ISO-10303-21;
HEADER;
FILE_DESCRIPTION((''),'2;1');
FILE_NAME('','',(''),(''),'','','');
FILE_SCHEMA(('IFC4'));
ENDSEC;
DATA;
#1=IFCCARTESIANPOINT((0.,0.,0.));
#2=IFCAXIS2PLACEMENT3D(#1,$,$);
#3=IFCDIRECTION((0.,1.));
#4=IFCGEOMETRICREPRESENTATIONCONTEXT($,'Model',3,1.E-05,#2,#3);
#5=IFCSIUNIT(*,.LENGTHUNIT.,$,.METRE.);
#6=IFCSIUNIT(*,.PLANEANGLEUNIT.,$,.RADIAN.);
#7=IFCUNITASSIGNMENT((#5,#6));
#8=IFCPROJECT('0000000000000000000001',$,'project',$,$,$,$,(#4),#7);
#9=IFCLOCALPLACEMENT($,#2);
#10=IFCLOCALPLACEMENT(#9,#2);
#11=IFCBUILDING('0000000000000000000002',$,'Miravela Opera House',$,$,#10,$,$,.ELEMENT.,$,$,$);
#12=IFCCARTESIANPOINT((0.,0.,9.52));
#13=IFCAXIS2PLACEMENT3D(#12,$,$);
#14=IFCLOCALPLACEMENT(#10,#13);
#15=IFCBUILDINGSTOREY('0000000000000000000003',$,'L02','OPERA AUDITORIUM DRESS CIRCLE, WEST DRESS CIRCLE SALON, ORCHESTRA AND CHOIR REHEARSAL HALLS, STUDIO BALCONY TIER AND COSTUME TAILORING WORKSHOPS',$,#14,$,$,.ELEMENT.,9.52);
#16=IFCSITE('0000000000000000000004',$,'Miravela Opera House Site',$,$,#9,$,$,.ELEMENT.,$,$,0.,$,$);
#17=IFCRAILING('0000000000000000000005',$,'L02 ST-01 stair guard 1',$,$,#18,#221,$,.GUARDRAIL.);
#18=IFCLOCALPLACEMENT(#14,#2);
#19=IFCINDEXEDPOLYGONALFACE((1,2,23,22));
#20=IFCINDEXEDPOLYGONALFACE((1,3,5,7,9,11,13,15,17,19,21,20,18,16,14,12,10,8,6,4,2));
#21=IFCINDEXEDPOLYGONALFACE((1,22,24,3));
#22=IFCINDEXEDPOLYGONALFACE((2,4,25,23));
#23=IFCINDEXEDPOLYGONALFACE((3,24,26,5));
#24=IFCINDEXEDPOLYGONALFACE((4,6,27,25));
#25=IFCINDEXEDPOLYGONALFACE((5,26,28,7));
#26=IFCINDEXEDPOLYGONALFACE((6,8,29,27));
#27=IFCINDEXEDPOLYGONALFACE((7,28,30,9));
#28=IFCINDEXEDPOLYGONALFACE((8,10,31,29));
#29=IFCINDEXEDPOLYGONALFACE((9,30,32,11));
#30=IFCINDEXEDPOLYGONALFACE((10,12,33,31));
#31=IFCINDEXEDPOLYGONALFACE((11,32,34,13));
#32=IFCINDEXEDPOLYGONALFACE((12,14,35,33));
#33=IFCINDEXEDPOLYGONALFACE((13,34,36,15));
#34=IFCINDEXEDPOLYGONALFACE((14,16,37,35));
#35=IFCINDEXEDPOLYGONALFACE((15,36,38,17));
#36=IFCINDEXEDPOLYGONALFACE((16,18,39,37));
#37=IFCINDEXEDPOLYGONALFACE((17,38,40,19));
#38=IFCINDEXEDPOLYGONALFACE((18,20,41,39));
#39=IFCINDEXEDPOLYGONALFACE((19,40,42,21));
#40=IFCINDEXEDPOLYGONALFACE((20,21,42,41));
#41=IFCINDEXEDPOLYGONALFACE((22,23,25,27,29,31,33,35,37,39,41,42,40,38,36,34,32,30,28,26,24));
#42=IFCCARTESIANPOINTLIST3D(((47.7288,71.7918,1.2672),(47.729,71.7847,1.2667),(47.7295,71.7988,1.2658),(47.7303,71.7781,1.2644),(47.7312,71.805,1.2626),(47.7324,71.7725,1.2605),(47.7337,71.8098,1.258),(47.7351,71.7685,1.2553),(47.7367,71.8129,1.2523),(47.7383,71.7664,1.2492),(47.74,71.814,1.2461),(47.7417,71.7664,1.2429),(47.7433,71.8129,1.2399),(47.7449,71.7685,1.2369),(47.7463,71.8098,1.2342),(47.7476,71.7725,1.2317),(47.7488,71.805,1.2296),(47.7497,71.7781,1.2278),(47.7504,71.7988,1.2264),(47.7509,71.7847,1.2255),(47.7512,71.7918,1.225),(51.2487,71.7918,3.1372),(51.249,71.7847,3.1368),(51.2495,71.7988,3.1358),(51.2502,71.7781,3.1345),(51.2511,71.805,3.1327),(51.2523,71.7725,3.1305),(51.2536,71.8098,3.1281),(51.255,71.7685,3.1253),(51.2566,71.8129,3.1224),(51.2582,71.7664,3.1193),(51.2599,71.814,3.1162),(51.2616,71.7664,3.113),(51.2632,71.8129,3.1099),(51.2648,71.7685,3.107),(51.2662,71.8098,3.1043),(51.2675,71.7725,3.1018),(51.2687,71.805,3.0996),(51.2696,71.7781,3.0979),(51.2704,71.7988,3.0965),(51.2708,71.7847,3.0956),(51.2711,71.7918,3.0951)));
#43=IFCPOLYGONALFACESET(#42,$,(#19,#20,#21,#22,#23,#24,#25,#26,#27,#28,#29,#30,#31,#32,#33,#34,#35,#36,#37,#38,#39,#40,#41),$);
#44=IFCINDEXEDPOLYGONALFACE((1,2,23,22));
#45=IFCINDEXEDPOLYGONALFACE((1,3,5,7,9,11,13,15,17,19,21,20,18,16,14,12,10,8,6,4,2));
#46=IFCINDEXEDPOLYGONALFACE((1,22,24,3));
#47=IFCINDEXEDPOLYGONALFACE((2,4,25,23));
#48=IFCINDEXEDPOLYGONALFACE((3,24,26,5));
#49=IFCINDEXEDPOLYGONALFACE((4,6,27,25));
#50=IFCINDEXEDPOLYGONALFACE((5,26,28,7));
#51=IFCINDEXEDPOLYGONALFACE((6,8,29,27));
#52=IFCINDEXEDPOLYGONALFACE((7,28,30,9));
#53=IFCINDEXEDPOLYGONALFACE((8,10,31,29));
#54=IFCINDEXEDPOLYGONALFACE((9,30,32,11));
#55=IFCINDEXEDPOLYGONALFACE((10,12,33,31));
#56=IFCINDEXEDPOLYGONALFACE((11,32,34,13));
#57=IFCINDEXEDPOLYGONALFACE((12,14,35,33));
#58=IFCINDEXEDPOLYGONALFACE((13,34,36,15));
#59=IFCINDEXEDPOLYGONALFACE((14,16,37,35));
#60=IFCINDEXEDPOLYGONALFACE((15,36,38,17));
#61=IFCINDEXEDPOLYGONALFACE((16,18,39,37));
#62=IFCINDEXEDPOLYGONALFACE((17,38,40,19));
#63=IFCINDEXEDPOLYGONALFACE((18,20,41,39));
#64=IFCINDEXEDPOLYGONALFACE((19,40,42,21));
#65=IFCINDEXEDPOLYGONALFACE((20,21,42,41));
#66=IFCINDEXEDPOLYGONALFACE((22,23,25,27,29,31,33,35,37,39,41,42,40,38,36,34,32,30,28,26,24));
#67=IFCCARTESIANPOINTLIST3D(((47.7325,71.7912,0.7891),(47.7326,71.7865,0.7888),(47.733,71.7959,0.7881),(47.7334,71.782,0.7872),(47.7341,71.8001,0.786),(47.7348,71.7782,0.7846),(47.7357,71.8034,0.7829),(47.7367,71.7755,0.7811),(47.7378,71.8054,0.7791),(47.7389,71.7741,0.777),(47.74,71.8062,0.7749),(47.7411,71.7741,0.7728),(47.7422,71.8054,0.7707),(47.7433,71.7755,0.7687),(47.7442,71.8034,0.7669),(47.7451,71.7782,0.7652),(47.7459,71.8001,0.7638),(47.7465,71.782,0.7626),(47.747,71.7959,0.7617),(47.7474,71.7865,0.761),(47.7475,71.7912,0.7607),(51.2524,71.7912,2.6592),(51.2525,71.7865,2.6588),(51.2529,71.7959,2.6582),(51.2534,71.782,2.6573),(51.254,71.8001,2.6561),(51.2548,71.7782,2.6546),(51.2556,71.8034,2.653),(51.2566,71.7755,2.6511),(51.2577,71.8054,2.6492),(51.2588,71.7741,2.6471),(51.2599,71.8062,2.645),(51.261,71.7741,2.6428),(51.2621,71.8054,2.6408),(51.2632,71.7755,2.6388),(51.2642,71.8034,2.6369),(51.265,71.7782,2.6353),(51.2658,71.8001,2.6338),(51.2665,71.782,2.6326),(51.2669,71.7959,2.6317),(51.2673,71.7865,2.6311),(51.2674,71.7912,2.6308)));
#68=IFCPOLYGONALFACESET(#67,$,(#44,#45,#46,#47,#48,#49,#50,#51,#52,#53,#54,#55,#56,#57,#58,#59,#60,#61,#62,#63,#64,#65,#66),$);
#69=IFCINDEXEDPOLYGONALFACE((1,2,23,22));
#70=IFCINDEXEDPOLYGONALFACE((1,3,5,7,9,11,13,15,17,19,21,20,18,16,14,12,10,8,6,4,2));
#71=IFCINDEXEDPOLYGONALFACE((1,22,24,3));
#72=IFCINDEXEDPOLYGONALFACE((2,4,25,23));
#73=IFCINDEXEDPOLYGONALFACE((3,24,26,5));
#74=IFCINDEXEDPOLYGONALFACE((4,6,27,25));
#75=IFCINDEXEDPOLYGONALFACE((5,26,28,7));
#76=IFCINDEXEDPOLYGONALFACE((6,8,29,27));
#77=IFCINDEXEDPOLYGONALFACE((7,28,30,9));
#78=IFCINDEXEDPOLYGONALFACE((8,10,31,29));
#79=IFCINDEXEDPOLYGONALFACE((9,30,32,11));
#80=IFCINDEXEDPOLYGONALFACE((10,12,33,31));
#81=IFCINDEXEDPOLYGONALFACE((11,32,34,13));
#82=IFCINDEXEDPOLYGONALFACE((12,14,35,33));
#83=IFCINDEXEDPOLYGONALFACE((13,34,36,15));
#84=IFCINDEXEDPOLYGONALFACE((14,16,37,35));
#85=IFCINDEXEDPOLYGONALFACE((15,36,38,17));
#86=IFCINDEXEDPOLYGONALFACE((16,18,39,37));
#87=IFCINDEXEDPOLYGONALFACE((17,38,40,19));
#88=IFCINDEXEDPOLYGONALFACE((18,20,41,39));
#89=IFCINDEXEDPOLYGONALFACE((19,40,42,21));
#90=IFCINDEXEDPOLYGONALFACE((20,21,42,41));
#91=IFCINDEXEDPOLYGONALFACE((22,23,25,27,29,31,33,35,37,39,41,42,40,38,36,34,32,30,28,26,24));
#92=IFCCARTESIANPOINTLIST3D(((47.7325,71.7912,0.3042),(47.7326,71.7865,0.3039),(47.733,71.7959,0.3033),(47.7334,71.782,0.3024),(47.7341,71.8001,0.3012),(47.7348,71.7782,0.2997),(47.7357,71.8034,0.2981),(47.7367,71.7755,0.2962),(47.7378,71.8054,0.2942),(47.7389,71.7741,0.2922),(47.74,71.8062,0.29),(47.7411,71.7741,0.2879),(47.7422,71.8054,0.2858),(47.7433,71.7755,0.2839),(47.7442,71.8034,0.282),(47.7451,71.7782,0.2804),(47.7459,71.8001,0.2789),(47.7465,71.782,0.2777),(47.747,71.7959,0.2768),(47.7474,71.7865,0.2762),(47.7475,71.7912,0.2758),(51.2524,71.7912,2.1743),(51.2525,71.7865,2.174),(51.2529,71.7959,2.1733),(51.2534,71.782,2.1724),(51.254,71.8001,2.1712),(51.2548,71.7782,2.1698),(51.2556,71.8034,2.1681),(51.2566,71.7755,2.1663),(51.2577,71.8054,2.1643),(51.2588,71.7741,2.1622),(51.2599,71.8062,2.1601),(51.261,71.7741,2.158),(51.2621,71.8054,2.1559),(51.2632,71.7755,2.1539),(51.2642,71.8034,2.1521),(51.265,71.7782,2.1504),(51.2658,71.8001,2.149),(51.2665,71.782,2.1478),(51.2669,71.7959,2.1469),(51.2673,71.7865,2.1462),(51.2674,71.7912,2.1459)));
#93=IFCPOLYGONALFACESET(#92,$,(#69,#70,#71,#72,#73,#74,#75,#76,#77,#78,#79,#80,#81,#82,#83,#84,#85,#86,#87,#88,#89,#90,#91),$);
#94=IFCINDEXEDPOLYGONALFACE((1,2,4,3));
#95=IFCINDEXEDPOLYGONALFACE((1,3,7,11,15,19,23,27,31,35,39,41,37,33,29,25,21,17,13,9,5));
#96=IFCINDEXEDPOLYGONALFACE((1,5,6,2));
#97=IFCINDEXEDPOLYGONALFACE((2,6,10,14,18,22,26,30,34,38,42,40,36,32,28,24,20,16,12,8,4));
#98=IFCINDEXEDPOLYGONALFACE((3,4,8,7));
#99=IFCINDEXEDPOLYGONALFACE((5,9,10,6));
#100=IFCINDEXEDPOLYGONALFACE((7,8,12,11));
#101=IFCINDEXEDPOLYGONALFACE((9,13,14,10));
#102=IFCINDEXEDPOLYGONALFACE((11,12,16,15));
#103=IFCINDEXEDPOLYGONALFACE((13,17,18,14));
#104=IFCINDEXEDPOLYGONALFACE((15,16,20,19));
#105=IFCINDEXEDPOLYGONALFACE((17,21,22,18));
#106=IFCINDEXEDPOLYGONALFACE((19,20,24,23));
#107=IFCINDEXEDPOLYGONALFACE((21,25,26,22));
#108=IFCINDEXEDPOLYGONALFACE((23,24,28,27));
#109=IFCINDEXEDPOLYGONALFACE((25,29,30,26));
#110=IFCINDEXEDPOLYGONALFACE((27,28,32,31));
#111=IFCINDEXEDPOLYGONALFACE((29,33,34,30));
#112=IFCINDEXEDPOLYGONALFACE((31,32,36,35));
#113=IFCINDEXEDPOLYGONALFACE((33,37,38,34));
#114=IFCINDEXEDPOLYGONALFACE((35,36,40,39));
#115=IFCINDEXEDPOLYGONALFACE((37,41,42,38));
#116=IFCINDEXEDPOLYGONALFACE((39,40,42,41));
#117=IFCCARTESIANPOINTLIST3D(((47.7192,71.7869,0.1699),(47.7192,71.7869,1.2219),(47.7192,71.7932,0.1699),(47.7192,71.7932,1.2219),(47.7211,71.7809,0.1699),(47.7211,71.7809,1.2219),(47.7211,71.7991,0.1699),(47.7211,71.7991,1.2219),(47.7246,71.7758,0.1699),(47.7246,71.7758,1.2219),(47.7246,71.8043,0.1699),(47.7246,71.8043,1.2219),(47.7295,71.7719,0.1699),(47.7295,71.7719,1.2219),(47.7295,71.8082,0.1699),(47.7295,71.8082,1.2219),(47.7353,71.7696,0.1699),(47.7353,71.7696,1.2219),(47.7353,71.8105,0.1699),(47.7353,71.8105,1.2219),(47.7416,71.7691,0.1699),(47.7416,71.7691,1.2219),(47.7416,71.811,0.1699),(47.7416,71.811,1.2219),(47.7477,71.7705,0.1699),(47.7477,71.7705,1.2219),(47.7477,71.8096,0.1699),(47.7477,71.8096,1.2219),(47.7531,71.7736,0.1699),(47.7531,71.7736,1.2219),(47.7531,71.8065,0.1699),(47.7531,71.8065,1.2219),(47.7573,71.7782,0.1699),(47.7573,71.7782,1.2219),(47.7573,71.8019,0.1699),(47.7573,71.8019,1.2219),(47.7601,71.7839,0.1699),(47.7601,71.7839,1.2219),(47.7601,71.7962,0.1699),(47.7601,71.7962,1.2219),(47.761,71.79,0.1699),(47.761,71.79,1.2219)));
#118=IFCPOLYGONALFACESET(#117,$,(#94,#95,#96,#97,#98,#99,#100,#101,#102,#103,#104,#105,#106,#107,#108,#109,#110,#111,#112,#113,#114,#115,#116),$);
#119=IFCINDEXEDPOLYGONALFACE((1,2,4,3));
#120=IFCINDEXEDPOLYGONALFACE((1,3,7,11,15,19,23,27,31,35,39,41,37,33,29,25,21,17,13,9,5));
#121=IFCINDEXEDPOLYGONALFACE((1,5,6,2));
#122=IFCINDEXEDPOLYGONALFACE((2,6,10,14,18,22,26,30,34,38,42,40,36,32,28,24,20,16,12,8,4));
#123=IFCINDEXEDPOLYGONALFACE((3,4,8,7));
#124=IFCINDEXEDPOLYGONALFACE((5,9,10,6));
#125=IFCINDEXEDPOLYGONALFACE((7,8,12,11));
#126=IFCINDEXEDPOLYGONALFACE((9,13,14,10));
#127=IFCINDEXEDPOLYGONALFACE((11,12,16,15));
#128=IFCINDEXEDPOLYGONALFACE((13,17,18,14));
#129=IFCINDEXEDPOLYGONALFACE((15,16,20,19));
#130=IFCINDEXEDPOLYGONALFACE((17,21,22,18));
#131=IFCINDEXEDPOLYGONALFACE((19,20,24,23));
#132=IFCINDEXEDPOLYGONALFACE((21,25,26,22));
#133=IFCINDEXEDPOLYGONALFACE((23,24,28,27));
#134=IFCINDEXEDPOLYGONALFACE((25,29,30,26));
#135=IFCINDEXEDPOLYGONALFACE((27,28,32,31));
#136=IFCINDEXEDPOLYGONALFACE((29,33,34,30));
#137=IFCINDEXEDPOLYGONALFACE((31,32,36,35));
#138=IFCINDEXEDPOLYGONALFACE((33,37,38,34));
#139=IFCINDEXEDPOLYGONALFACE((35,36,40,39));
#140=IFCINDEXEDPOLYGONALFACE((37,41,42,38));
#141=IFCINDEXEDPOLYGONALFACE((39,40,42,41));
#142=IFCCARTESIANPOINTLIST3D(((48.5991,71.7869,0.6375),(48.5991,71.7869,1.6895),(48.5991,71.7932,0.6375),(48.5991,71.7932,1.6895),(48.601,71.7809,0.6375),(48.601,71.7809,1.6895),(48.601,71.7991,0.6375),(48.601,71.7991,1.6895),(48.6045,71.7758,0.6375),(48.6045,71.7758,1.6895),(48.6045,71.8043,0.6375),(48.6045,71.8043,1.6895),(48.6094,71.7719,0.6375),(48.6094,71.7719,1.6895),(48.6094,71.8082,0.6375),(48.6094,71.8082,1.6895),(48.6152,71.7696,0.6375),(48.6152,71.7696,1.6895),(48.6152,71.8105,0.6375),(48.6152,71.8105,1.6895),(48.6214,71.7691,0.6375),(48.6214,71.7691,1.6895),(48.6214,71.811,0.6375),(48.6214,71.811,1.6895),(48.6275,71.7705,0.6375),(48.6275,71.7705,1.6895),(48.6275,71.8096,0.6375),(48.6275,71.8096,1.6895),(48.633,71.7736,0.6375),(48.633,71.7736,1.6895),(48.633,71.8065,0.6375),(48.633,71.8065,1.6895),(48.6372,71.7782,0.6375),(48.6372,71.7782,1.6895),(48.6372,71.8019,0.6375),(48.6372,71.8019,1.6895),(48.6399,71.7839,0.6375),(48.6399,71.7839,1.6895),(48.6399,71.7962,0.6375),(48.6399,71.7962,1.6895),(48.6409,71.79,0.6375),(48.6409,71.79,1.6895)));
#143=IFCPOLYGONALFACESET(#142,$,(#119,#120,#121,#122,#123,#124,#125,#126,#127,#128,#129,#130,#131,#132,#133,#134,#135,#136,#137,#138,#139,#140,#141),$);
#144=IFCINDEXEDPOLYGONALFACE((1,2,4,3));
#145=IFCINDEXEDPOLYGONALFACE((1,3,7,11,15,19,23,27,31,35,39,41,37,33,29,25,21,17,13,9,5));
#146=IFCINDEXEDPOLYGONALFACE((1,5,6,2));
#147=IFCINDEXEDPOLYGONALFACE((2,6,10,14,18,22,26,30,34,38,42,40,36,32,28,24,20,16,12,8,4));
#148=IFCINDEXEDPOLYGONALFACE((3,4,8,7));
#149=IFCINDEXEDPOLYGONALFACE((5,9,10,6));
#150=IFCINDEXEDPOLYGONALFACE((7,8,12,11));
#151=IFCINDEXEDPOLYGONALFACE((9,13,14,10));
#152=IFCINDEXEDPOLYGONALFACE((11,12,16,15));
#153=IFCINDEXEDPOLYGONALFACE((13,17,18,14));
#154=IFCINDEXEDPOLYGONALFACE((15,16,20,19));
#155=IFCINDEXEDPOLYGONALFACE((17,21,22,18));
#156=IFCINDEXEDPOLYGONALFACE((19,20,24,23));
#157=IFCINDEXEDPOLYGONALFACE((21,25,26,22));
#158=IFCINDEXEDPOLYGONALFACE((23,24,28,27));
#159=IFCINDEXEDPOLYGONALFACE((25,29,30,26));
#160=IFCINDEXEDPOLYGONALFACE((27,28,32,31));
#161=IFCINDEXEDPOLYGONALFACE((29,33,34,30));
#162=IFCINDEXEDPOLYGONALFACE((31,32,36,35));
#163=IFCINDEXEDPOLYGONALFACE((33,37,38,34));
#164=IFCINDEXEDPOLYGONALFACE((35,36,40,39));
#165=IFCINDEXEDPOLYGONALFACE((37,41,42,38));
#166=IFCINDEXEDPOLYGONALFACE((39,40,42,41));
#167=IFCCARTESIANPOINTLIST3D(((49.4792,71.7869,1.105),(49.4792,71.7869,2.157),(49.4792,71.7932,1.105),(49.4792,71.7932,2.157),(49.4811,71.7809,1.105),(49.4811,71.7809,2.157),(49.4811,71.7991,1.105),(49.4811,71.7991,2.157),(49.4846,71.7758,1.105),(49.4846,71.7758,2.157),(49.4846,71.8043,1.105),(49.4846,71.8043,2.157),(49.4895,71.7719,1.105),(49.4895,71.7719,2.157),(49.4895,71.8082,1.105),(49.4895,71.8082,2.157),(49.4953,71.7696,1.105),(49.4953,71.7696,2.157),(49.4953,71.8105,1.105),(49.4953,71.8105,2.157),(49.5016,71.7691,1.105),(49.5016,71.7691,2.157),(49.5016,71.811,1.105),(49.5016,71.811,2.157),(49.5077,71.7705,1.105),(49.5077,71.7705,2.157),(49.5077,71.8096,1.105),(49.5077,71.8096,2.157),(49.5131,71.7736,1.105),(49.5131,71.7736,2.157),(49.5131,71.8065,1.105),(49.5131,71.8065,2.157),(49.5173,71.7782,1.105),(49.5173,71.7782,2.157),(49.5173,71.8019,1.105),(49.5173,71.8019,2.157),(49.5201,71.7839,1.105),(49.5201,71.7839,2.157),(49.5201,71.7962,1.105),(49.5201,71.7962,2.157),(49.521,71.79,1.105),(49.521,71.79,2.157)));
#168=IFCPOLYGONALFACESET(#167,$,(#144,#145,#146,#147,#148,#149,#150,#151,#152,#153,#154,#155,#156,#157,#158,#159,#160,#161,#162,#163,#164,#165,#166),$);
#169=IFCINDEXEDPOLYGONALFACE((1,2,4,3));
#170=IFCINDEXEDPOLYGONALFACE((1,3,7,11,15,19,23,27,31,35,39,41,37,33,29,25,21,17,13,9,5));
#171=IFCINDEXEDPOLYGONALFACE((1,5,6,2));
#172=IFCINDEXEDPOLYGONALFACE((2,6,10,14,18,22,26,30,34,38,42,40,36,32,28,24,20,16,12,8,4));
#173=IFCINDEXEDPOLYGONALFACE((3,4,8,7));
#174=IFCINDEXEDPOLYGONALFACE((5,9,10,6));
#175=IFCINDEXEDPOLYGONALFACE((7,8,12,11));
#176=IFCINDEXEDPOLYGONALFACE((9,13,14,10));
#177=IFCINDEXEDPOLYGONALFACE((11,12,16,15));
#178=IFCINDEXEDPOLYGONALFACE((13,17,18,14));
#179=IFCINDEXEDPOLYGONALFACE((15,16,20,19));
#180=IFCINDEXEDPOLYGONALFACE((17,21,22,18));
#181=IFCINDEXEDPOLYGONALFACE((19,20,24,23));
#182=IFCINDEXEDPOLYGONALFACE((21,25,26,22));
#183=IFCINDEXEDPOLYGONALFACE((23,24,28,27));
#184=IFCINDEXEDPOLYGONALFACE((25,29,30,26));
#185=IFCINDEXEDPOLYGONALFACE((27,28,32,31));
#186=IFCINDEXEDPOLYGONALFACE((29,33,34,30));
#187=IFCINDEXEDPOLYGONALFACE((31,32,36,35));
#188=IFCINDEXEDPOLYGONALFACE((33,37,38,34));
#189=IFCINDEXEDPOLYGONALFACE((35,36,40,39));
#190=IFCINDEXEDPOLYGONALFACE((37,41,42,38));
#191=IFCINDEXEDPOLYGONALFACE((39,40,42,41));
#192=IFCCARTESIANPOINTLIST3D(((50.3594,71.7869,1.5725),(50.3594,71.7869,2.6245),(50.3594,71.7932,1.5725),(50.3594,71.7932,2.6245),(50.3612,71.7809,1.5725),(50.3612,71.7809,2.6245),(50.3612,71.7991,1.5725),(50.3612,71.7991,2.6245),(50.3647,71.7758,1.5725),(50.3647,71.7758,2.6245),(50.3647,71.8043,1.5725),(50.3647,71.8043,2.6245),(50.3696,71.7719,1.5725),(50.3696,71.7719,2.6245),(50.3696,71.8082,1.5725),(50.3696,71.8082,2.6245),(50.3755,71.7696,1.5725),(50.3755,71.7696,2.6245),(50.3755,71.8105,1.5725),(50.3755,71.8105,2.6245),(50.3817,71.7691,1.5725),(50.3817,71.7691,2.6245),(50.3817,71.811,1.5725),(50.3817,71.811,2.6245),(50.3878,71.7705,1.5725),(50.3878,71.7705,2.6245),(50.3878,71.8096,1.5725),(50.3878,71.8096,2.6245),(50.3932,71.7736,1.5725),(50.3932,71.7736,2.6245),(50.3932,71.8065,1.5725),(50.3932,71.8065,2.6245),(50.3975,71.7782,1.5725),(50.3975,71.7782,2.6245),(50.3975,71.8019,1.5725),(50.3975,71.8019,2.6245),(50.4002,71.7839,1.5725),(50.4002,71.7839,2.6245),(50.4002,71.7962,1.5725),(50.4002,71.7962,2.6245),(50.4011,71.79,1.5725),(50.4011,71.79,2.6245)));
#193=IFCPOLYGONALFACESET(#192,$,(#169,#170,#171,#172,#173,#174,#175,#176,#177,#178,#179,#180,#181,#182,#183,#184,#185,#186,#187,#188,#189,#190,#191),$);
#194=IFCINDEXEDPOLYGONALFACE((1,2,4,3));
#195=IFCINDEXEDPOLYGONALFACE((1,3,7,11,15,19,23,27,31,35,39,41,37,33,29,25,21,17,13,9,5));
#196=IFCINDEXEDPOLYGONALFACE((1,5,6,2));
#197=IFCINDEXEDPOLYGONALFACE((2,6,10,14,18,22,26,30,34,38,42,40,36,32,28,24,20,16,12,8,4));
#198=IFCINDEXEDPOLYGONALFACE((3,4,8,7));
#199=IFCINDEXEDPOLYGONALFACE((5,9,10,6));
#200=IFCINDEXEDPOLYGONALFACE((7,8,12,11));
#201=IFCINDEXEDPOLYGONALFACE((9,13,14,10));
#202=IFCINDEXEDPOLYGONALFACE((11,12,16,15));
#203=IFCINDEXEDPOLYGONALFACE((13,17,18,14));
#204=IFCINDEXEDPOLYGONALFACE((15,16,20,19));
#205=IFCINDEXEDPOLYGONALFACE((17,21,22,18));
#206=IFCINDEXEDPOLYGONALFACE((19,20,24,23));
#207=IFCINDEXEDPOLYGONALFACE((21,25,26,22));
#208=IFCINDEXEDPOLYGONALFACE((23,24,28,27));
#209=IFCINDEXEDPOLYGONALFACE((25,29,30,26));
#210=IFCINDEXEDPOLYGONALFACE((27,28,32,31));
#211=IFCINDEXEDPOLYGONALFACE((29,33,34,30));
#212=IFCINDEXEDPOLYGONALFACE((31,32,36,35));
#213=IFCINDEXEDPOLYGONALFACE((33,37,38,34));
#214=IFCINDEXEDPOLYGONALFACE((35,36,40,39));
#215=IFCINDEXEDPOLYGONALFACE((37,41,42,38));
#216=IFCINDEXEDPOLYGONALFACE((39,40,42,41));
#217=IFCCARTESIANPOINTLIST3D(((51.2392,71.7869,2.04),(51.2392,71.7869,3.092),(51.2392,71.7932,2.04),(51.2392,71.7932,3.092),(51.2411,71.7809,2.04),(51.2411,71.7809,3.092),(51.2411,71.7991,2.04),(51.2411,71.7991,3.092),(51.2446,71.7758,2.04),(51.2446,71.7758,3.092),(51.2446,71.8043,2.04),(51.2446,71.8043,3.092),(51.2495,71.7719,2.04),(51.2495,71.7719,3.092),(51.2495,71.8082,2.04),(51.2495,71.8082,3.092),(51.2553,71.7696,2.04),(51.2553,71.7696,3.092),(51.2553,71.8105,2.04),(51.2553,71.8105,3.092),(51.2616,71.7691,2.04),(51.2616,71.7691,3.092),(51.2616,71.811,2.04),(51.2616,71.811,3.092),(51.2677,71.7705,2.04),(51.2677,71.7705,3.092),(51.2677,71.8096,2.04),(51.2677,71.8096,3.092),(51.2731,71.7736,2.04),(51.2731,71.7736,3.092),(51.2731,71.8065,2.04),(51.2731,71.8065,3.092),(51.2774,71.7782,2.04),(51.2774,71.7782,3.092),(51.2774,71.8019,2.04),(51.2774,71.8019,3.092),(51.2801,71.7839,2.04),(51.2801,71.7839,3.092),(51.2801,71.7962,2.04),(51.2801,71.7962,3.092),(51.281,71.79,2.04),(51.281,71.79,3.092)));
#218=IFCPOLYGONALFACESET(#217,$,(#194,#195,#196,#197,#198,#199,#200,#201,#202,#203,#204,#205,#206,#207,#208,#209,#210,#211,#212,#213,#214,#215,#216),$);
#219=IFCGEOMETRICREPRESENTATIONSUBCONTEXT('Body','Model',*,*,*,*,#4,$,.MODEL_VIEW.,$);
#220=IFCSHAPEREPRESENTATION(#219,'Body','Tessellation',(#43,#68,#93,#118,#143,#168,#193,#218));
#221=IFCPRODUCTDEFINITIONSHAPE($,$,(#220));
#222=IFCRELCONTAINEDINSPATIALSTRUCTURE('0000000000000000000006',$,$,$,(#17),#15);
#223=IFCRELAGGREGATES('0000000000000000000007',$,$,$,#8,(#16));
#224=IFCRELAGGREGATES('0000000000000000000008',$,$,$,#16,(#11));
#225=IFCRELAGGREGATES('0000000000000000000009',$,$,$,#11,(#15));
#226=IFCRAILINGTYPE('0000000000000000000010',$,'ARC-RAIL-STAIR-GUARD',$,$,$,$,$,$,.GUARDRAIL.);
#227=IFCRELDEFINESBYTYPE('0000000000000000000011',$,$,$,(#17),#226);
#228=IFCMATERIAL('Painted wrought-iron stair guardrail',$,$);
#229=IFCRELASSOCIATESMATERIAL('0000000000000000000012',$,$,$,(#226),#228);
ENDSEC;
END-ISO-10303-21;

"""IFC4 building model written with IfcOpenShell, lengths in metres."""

from ifc_helpers import new_model, si_unit, direction, frame, origin, origin_2d, place, context, subcontext, project, spatial, circle, extrude, material, type_object, element, save


model = new_model("IFC4")

# Units and contexts
model_context = context("Model", 3, precision=1e-05, world=origin(), true_north=direction((0.0, 1.0)))
body_context = subcontext(model_context, "Body", "Model", "MODEL_VIEW")
ifc_project = project(units=[si_unit("LENGTHUNIT", "METRE"), si_unit("PLANEANGLEUNIT", "RADIAN")], contexts=[model_context])

# Site, building, storey
site_placement = place(None, origin())
site = spatial("IfcSite", under=ifc_project, at=site_placement, Name="Miravela Opera House Site", CompositionType="ELEMENT", RefElevation=0.0)
building_placement = place(site_placement, origin())
building = spatial("IfcBuilding", under=site, at=building_placement, Name="Miravela Opera House", CompositionType="ELEMENT")
storey_placement = place(building_placement, frame((0.0, 0.0, 9.52)))
storey = spatial("IfcBuildingStorey", under=building, at=storey_placement, Name="L02", Description="OPERA AUDITORIUM DRESS CIRCLE, WEST DRESS CIRCLE SALON, ORCHESTRA AND CHOIR REHEARSAL HALLS, STUDIO BALCONY TIER AND COSTUME TAILORING WORKSHOPS", CompositionType="ELEMENT", Elevation=9.52)

# Railing
ifc_material_1 = material(Name="Painted wrought-iron stair guardrail")
railing_type_1 = type_object("IfcRailingType", Name="ARC-RAIL-STAIR-GUARD", PredefinedType="GUARDRAIL", material=ifc_material_1)
railing_1_placement = place(storey_placement, frame((47.74, 71.79, 0.1699)))
element("IfcRailing", 1, at=railing_1_placement, inside=storey, type_object=railing_type_1, Name="L02 ST-01 stair guard 1", PredefinedType="GUARDRAIL", context=body_context, shape_type="SweptSolid", body=[
    extrude(circle(Radius=0.0239, at=origin_2d()), frame((0.0, 0.0, 1.0762), z_axis=(0.883105, 0.0, 0.469176), x_axis=(0.0, 1.0, 0.0)), (0.0, 0.0, 1.0), 3.9858),
    extrude(circle(Radius=0.0161, at=origin_2d()), frame((0.0, 0.0, 0.605), z_axis=(0.883105, 0.0, 0.469176), x_axis=(0.0, 1.0, 0.0)), (0.0, 0.0, 1.0), 3.9858),
    extrude(circle(Radius=0.0161, at=origin_2d()), frame((0.0, 0.0, 0.1201), z_axis=(0.883105, 0.0, 0.469176), x_axis=(0.0, 1.0, 0.0)), (0.0, 0.0, 1.0), 3.9858),
    extrude(circle(Radius=0.021, at=origin_2d()), origin(), (0.0, 0.0, 1.0), 1.052),
    extrude(circle(Radius=0.021, at=origin_2d()), frame((0.8799, 0.0, 0.4675)), (0.0, 0.0, 1.0), 1.052),
    extrude(circle(Radius=0.021, at=origin_2d()), frame((1.76, 0.0, 0.9351)), (0.0, 0.0, 1.0), 1.052),
    extrude(circle(Radius=0.021, at=origin_2d()), frame((2.6401, 0.0, 1.4026)), (0.0, 0.0, 1.0), 1.052),
    extrude(circle(Radius=0.021, at=origin_2d()), frame((3.52, 0.0, 1.8701)), (0.0, 0.0, 1.0), 1.052),
])

save(model, "model.ifc")
